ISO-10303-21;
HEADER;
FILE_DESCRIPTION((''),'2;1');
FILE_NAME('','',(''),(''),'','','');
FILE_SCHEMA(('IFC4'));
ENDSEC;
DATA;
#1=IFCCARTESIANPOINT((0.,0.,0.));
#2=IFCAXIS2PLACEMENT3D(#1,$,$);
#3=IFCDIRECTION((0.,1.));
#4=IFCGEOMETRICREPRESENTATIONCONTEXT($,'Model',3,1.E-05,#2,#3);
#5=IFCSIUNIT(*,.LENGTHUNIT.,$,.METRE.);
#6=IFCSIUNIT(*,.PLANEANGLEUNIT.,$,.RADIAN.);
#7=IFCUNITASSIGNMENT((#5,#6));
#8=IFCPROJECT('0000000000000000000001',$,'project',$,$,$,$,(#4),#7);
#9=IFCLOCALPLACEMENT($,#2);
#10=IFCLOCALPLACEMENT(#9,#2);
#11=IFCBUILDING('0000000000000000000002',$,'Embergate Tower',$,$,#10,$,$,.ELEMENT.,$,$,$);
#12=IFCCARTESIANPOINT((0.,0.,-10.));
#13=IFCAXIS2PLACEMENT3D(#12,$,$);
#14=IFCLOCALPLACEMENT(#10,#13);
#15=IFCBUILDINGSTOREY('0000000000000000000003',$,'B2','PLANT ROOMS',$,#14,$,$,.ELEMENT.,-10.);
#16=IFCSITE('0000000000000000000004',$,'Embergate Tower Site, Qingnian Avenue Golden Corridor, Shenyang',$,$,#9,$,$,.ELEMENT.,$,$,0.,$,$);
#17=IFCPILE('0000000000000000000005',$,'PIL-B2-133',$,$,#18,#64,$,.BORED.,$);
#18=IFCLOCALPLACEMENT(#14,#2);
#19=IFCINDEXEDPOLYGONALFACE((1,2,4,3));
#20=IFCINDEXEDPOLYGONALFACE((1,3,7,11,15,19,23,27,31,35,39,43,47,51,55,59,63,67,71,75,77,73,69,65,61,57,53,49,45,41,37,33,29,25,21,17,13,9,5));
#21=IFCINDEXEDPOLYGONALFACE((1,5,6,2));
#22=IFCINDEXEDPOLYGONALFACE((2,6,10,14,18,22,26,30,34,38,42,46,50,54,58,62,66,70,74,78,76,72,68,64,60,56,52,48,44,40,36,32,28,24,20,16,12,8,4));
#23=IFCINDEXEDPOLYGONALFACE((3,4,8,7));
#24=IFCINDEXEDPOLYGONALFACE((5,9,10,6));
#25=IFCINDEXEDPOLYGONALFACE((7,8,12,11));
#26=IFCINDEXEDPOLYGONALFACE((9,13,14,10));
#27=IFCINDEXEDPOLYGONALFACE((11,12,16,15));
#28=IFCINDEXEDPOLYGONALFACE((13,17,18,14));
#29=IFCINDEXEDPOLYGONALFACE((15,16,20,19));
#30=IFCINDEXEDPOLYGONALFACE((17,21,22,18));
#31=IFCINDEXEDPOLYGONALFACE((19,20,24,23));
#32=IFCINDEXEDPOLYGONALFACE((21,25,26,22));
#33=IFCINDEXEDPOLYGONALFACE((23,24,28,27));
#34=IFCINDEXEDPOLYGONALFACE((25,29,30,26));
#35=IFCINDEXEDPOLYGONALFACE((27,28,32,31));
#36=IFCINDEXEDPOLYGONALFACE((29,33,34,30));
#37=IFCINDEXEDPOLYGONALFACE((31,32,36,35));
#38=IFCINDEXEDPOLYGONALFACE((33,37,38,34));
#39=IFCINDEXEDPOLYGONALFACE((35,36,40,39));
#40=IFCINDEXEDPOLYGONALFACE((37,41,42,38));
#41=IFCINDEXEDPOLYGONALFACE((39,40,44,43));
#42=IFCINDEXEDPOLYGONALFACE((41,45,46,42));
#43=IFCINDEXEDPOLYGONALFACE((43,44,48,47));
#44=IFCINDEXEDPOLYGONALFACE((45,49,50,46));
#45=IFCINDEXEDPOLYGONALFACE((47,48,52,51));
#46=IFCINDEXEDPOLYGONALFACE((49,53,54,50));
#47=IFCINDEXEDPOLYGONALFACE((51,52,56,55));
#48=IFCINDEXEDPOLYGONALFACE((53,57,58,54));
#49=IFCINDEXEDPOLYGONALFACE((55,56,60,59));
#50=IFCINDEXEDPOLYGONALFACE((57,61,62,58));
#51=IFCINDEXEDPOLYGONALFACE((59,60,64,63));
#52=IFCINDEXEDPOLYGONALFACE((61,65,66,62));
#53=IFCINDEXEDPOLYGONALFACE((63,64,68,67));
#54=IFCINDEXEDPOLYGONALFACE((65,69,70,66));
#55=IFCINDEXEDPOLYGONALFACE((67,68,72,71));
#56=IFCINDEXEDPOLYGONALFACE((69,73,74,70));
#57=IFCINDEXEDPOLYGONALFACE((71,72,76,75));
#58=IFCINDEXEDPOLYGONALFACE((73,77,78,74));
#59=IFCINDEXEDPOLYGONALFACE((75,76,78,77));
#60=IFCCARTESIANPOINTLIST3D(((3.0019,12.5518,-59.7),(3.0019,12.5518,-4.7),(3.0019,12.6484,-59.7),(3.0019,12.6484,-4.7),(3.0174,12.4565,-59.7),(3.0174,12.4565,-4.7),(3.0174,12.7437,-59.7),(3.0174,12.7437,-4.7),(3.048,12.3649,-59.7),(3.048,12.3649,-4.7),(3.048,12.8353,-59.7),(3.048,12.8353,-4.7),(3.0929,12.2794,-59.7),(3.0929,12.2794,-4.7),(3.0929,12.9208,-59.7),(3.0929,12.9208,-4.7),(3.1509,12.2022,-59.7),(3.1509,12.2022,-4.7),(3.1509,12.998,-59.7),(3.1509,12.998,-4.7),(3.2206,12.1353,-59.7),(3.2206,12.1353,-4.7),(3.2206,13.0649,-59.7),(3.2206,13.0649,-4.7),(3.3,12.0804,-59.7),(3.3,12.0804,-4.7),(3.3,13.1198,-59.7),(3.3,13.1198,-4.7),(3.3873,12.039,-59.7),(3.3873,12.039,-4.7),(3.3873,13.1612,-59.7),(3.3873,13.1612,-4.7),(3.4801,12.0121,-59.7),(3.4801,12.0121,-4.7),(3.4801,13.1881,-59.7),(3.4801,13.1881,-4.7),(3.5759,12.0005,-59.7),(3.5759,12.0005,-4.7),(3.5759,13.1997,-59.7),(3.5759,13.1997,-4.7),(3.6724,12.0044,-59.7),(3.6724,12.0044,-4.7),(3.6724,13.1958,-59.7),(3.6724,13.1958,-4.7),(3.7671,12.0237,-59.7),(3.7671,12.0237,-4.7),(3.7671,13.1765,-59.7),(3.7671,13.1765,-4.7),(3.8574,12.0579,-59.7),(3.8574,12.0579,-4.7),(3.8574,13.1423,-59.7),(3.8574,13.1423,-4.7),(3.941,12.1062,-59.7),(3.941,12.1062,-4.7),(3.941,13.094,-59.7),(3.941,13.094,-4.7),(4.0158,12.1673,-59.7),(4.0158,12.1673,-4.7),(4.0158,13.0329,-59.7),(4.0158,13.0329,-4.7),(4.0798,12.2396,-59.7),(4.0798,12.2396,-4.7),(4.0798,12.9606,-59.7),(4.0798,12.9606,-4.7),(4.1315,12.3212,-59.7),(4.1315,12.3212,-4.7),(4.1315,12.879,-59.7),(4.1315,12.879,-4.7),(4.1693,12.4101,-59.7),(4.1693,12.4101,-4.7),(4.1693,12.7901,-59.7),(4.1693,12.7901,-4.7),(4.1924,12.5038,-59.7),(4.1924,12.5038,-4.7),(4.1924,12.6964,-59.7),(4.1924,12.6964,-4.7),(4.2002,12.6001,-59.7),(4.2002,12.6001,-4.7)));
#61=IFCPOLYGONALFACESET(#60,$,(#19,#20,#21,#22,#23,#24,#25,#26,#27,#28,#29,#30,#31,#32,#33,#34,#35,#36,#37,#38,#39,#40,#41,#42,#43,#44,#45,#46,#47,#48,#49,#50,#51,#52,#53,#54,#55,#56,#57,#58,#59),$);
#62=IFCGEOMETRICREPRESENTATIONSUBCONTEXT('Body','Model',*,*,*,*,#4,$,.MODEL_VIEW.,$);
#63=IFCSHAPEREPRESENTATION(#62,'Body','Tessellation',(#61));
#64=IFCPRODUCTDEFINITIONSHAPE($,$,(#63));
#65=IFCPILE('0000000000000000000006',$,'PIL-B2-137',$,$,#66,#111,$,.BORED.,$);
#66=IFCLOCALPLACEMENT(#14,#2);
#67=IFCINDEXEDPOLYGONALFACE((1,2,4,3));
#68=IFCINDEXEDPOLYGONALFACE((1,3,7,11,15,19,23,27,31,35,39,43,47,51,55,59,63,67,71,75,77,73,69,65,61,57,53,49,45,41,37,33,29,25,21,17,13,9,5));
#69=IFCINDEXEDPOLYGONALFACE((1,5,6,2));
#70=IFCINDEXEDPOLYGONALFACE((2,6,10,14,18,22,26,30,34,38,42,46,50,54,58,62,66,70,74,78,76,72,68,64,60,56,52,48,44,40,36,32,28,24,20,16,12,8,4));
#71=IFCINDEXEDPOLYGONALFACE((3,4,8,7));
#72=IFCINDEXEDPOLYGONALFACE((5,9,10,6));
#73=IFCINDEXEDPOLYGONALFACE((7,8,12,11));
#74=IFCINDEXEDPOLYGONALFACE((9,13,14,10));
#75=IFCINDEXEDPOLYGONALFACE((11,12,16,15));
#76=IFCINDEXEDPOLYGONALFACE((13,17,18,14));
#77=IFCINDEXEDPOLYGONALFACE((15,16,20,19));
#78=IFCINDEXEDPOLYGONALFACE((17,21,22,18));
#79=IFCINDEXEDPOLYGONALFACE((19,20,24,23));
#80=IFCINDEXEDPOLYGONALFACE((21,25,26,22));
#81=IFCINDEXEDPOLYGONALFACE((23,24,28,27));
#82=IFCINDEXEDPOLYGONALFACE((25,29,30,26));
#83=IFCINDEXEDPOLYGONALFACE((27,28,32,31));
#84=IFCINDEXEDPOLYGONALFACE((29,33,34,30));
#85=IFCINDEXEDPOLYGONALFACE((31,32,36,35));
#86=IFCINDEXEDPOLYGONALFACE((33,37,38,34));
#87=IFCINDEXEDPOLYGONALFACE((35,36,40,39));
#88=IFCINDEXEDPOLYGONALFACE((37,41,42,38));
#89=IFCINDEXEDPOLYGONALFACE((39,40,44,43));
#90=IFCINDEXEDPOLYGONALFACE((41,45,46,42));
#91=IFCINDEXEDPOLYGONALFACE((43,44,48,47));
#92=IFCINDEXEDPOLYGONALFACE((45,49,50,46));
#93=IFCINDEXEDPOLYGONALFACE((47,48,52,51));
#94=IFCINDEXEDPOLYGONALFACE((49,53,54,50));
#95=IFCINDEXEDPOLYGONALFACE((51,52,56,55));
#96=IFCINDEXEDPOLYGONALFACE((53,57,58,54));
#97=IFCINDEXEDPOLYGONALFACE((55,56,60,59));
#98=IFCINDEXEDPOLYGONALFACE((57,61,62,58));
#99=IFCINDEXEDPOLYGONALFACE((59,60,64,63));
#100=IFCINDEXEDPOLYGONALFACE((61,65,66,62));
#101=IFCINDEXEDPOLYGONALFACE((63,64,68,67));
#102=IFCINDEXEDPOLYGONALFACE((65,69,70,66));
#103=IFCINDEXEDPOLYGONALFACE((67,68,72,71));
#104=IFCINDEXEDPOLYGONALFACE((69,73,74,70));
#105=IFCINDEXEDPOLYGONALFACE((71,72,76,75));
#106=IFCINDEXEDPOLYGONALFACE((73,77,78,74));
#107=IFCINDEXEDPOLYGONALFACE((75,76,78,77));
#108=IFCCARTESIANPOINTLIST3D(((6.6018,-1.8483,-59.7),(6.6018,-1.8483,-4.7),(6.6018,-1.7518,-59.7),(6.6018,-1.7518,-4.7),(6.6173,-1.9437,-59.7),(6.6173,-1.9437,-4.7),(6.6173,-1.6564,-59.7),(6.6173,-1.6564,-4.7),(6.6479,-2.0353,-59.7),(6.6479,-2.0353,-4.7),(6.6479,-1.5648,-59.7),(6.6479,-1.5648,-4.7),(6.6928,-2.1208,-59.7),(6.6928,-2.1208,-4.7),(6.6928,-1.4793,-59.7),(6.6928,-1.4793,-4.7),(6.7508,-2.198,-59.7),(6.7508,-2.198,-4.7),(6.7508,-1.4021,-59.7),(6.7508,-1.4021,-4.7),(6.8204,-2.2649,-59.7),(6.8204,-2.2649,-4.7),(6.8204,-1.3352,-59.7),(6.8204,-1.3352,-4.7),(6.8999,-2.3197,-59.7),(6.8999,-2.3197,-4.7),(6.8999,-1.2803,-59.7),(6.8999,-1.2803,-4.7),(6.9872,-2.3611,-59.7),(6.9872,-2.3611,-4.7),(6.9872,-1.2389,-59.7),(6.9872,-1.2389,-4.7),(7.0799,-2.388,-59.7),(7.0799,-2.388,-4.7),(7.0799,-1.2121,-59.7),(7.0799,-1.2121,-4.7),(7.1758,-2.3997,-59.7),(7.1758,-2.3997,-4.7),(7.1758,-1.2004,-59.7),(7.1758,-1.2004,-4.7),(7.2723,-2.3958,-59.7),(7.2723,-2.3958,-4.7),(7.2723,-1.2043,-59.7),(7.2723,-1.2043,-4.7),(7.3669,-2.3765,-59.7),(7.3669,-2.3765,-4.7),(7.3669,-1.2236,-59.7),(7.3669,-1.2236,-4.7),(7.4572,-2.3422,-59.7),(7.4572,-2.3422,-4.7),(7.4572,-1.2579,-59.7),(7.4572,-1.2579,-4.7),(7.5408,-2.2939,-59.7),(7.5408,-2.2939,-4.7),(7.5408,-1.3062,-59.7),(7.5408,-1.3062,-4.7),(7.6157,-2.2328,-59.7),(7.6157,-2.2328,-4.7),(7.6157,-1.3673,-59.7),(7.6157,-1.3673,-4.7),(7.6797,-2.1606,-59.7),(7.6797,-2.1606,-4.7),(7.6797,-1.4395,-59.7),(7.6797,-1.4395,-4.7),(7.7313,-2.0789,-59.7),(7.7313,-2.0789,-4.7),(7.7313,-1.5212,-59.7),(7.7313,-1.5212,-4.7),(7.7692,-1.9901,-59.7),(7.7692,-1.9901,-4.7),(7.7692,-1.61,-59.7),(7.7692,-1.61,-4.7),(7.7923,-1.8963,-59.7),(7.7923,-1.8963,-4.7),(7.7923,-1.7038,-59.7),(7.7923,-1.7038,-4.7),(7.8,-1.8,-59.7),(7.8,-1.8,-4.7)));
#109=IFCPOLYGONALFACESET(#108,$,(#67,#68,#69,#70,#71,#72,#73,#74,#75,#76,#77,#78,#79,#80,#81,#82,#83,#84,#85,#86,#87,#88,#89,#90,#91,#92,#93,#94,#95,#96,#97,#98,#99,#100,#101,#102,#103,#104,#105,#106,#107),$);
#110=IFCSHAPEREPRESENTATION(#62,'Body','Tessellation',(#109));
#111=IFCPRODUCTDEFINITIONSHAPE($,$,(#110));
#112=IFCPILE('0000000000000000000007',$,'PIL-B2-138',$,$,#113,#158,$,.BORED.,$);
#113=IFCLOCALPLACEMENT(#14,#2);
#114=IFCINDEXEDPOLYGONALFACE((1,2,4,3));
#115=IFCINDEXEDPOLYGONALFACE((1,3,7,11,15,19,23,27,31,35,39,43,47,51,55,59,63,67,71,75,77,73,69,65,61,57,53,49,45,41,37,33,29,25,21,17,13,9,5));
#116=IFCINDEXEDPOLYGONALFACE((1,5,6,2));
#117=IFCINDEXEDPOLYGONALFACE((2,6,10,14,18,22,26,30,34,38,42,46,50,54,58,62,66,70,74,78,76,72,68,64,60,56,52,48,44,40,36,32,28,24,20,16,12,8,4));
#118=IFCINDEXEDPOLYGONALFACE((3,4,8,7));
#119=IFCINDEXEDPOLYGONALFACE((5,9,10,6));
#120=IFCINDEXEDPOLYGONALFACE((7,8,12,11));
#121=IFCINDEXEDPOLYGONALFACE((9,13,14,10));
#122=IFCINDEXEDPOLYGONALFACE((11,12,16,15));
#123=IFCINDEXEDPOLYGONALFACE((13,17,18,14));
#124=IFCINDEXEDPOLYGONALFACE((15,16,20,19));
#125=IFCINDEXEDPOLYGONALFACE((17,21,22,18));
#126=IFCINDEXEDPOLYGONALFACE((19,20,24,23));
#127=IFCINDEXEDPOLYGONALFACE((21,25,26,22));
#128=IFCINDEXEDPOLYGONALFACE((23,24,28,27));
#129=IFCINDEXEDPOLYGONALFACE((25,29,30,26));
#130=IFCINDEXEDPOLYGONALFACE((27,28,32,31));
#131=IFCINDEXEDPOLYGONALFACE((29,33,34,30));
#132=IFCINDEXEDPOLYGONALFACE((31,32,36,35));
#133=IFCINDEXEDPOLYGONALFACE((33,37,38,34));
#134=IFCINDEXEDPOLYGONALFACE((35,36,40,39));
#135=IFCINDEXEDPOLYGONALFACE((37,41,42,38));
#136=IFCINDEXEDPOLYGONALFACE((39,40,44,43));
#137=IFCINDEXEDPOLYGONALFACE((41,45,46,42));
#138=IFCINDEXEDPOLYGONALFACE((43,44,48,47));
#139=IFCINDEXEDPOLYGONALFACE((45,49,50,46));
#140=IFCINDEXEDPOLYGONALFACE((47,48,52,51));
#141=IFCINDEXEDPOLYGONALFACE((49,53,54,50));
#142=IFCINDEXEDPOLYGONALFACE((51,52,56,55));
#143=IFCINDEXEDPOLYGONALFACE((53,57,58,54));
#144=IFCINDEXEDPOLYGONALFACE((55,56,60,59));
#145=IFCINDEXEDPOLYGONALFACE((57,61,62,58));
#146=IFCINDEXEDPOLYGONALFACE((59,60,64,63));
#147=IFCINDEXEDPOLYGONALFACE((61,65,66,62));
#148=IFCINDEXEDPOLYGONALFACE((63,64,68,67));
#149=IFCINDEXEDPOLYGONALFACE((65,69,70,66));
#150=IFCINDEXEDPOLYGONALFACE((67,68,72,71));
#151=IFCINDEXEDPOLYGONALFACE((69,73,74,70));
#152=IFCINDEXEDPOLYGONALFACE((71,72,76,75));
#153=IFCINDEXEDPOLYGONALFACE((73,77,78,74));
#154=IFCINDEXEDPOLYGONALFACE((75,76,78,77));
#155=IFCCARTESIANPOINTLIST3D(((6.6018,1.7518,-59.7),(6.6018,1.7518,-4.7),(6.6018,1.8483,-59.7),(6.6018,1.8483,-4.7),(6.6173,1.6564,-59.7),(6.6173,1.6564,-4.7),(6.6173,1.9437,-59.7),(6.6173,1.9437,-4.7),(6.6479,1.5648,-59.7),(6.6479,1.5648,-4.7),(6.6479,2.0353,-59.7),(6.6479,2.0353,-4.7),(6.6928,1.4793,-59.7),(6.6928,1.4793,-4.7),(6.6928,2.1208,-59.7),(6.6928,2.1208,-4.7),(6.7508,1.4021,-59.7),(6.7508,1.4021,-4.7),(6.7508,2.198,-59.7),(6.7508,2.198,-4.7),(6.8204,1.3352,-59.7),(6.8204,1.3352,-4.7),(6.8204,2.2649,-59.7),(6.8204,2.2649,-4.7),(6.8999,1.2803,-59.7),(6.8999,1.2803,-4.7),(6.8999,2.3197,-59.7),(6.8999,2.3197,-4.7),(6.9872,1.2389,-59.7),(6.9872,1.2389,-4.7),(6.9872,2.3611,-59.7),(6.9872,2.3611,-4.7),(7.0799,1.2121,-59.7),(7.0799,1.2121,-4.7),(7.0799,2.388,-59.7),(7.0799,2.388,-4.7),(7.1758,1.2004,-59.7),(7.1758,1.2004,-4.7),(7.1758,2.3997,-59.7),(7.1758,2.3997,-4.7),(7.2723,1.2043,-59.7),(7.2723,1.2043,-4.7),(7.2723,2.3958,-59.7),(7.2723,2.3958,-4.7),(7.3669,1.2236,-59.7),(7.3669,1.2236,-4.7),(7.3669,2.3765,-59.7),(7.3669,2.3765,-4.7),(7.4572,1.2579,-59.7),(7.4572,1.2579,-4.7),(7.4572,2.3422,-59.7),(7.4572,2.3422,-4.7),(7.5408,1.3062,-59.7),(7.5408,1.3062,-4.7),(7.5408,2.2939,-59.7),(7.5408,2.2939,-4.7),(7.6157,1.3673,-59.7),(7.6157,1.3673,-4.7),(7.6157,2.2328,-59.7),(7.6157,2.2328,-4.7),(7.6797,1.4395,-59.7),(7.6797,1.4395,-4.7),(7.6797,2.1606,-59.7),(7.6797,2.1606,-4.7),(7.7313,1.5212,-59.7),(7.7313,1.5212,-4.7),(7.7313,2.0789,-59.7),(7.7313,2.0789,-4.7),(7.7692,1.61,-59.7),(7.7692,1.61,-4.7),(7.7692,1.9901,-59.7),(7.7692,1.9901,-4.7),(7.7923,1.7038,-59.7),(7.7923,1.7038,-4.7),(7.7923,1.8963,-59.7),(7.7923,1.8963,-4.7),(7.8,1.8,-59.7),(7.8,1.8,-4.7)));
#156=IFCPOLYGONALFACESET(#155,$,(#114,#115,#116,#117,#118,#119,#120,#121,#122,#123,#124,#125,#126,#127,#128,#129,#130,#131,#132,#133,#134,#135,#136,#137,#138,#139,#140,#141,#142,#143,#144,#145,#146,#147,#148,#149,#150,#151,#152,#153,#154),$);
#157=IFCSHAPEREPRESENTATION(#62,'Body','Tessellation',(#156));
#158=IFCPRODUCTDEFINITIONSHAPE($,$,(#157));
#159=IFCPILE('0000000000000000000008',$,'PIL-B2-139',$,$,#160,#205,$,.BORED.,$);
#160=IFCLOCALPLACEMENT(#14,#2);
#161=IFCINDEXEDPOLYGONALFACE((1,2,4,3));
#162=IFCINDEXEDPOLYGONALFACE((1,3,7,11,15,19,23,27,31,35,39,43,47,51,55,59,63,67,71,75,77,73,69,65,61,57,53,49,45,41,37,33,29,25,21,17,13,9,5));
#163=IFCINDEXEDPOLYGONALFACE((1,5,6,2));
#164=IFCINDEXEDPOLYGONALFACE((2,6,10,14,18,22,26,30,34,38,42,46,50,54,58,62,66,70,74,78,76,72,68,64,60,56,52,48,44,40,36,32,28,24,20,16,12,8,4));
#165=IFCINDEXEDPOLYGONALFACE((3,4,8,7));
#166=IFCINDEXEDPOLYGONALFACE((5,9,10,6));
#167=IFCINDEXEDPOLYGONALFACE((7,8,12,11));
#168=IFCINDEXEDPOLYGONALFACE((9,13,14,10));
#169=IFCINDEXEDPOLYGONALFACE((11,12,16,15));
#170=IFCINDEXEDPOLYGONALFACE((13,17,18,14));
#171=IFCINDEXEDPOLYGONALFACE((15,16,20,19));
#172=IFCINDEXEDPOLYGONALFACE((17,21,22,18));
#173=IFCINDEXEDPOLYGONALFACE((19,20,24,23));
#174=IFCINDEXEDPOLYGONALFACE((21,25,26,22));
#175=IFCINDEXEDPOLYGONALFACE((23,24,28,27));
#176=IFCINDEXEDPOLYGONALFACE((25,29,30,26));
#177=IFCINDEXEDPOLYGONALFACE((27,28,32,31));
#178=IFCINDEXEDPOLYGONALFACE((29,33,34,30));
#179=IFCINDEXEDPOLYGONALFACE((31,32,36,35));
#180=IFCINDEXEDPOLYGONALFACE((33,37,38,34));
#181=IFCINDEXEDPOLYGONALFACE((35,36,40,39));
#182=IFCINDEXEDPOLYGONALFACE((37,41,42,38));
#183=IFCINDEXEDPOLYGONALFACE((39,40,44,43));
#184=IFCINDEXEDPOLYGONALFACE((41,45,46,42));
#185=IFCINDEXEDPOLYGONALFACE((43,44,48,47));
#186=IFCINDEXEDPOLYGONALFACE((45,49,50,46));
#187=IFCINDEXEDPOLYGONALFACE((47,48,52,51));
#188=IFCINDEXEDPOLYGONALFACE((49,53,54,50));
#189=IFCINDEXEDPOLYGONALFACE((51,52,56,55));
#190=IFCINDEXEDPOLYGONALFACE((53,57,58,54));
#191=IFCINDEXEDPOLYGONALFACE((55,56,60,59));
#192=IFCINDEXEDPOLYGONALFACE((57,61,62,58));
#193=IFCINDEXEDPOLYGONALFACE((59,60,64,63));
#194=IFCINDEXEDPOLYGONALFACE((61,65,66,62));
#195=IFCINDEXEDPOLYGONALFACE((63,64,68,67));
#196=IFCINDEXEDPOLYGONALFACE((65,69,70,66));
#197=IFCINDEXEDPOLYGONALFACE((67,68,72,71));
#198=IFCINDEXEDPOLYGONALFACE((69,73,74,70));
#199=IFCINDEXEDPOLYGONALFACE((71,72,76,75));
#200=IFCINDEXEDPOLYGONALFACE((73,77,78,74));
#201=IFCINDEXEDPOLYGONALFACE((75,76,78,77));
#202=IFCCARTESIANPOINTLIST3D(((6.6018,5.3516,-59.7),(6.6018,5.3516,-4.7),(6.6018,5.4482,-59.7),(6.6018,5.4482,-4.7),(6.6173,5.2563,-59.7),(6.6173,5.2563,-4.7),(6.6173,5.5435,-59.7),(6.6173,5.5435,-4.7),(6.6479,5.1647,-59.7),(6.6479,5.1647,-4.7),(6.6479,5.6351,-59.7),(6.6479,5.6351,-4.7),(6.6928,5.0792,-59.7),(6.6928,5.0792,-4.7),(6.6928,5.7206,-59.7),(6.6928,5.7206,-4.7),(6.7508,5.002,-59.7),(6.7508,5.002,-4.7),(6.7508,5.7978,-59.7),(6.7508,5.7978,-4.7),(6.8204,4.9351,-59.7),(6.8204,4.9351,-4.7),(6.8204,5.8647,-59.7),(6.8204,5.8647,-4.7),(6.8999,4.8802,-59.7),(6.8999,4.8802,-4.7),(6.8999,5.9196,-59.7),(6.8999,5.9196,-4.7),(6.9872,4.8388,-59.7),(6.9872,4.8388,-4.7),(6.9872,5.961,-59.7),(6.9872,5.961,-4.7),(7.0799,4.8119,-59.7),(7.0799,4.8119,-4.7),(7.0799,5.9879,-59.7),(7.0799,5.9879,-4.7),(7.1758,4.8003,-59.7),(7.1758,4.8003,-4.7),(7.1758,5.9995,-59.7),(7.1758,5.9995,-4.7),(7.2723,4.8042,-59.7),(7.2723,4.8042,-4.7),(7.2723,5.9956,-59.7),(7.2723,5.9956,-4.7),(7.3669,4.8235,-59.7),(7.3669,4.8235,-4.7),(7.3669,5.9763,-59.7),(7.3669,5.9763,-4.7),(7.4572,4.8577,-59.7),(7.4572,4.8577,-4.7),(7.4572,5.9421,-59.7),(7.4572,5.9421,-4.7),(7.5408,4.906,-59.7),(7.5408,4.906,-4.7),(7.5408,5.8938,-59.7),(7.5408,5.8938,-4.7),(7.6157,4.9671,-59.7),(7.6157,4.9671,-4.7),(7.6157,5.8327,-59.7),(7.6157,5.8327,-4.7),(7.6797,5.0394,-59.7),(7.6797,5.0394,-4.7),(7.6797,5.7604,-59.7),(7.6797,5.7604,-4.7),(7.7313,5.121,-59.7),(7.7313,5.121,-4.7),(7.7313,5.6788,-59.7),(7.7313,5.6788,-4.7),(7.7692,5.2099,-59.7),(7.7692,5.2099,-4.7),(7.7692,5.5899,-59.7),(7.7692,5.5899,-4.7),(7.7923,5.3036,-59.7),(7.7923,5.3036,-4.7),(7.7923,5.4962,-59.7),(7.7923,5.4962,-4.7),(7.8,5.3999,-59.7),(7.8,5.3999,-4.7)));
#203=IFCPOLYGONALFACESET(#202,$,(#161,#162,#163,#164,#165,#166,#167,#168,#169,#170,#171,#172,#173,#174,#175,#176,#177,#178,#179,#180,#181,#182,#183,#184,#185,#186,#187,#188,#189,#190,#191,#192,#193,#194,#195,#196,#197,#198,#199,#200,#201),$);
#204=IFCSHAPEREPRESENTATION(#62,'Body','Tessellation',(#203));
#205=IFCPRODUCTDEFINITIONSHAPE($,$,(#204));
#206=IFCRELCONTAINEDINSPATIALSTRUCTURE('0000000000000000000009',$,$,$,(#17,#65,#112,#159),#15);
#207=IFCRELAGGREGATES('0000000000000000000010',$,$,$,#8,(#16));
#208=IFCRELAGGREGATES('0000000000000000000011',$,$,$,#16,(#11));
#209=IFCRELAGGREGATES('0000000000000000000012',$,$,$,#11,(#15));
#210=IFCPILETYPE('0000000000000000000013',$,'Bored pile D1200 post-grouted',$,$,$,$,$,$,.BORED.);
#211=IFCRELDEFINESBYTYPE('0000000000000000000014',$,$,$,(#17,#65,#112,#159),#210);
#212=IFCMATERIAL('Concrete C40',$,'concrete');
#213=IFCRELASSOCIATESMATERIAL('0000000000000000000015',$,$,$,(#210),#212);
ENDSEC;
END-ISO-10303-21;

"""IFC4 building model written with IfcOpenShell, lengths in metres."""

from ifc_helpers import new_model, si_unit, direction, frame, origin, origin_2d, place, context, subcontext, project, spatial, circle, extrude, source, transform, mapped, material, material_profile, profile_set, type_object, element, save


model = new_model("IFC4")

# Units and contexts
model_context = context("Model", 3, precision=1e-05, world=origin(), true_north=direction((0.0, 1.0)))
body_context = subcontext(model_context, "Body", "Model", "MODEL_VIEW")
ifc_project = project(units=[si_unit("LENGTHUNIT", "METRE"), si_unit("PLANEANGLEUNIT", "RADIAN")], contexts=[model_context])

# Site, building, storey
site_placement = place(None, origin())
site = spatial("IfcSite", under=ifc_project, at=site_placement, Name="Embergate Tower Site, Qingnian Avenue Golden Corridor, Shenyang", CompositionType="ELEMENT", RefElevation=0.0)
building_placement = place(site_placement, origin())
building = spatial("IfcBuilding", under=site, at=building_placement, Name="Embergate Tower", CompositionType="ELEMENT")
storey_placement = place(building_placement, frame((0.0, 0.0, -10.0)))
storey = spatial("IfcBuildingStorey", under=building, at=storey_placement, Name="B2", Description="PLANT ROOMS", CompositionType="ELEMENT", Elevation=-10.0)

# Piles
ifc_material_1 = material(Name="Concrete C40", Category="concrete")
ifc_material_profile = material_profile(ifc_material_1, circle(Radius=0.6001, at=origin_2d()), Name="D1200")
ifc_profile_set = profile_set([ifc_material_profile], Name="Concrete C40")
pile_type = type_object("IfcPileType", Name="Bored pile D1200 post-grouted", PredefinedType="BORED", material=ifc_profile_set)
shared_shape_1 = source(origin(), body_context, "Body", "SweptSolid", [
    extrude(circle(Radius=0.6001, at=origin_2d()), origin(), (0.0, 0.0, 1.0), 55.0),
])
for number, where, z_axis, x_axis, name in (
    (1, (3.6001, 12.6001, -4.7), (0.0, 0.0, -1.0), (1.0, 0.0, 0.0), "PIL-B2-133"),
    (2, (7.2, -1.8, -4.7), (0.0, 0.0, -1.0), (1.0, 0.0, 0.0), "PIL-B2-137"),
    (3, (7.2, 1.8, -4.7), (0.0, 0.0, -1.0), (1.0, 0.0, 0.0), "PIL-B2-138"),
    (4, (7.2, 5.3999, -4.7), (0.0, 0.0, -1.0), (1.0, 0.0, 0.0), "PIL-B2-139"),
):
    element("IfcPile", number, at=place(storey_placement, frame(where, z_axis=z_axis, x_axis=x_axis)), inside=storey, type_object=pile_type, Name=name, PredefinedType="BORED", context=body_context, shape_type="MappedRepresentation", body=[
        mapped(shared_shape_1, transform((0.0, 0.0, 0.0))),
    ])

save(model, "model.ifc")
